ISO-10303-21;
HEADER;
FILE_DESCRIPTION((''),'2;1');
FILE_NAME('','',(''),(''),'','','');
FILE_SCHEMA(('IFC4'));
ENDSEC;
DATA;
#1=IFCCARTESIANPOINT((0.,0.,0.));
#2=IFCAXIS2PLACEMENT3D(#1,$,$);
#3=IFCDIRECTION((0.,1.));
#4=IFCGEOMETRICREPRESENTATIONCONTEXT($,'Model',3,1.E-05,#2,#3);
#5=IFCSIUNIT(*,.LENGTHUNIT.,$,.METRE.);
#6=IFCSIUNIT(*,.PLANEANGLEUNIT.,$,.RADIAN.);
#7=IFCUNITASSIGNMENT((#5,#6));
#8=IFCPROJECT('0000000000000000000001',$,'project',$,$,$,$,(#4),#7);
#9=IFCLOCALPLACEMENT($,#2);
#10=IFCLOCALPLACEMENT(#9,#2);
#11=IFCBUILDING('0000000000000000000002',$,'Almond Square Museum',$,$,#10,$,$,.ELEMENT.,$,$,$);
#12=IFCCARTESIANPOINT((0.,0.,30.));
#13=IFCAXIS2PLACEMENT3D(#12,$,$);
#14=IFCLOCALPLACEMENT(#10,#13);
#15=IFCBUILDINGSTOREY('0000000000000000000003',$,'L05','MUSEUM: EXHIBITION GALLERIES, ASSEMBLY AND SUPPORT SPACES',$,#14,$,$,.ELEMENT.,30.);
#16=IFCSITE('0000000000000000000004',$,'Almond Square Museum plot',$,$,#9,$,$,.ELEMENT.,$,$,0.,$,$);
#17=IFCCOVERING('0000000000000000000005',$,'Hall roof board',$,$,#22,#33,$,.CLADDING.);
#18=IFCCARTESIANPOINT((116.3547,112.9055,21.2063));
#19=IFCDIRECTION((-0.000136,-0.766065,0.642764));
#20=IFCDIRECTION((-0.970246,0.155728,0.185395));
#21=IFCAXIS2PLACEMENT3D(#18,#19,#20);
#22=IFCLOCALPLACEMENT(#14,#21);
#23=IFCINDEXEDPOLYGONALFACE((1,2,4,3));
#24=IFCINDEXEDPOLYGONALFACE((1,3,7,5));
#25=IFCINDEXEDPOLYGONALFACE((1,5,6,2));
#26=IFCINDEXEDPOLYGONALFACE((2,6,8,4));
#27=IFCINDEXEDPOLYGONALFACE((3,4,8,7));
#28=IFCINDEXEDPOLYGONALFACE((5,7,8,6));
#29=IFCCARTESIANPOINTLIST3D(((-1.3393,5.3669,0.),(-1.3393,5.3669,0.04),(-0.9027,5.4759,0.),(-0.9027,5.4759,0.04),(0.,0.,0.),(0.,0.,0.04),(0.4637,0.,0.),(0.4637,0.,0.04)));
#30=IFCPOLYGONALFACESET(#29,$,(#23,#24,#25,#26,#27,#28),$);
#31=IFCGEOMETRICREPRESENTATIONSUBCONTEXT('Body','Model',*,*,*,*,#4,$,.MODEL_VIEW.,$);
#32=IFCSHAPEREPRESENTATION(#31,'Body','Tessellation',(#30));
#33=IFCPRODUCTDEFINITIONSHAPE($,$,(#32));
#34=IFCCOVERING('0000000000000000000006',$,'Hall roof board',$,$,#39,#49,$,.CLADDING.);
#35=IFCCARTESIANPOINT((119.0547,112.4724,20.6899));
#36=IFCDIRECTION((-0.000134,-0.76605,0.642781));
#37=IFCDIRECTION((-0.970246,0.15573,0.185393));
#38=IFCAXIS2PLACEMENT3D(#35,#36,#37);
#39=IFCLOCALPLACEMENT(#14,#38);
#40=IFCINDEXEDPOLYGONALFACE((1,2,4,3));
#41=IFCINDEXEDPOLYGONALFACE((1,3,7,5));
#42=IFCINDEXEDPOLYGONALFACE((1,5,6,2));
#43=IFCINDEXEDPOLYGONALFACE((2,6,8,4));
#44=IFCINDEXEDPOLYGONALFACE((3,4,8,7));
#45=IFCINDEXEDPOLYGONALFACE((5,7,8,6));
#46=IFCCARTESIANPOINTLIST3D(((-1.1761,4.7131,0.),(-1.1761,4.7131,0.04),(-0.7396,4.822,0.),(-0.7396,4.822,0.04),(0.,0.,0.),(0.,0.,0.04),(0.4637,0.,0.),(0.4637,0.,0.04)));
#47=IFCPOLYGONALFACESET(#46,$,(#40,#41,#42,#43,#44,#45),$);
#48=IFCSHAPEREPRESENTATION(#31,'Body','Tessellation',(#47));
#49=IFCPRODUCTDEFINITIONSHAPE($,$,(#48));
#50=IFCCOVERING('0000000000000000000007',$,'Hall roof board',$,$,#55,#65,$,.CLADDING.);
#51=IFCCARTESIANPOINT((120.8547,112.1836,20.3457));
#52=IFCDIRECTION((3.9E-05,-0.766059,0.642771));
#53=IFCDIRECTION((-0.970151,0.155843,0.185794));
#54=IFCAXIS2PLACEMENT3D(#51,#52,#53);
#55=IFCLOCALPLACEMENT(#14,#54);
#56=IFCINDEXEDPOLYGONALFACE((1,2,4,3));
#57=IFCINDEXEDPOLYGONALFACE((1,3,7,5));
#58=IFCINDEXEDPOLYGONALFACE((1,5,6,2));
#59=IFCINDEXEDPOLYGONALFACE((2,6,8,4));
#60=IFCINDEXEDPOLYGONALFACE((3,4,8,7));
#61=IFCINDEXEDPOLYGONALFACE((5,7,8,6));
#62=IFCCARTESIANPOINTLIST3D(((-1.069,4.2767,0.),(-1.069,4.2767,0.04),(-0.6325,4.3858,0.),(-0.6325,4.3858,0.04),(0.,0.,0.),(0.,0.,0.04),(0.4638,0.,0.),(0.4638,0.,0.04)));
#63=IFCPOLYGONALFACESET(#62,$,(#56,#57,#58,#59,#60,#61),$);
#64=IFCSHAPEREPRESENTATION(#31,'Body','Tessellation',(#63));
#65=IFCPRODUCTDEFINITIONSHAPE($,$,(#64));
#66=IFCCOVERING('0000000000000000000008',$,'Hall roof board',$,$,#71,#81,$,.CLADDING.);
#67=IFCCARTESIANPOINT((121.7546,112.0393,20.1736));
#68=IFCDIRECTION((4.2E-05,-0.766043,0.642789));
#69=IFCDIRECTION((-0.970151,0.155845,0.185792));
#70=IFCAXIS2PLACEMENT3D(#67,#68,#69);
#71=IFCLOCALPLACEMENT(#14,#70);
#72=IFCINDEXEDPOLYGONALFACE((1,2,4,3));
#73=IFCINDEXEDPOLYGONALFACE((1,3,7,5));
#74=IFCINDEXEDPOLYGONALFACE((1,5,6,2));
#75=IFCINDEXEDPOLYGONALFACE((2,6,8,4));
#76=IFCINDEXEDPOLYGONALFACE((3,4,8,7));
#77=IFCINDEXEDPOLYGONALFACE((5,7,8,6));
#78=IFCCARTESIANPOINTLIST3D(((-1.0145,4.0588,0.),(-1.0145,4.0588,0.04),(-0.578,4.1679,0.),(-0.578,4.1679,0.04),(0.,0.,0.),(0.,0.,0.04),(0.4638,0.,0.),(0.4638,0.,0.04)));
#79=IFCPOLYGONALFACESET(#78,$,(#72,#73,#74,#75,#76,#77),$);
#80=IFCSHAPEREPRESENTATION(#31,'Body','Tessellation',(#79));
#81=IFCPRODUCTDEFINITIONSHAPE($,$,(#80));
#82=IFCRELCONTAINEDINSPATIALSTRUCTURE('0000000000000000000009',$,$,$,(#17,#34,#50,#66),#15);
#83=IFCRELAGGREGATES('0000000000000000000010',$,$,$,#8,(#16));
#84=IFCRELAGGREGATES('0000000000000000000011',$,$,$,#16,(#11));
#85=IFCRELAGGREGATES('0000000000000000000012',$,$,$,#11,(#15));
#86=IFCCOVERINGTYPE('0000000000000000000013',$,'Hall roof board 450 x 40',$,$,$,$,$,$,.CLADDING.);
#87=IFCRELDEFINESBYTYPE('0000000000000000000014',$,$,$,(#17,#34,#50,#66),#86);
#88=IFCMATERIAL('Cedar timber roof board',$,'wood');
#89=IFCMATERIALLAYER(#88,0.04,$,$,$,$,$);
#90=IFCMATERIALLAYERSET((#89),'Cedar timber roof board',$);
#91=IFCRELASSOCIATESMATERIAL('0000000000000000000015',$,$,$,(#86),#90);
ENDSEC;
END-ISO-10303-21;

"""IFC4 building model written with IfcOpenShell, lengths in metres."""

from ifc_helpers import new_model, si_unit, direction, frame, origin, place, context, subcontext, project, spatial, polyline, outline, extrude, material, layer, layer_set, type_object, element, save


model = new_model("IFC4")

# Units and contexts
model_context = context("Model", 3, precision=1e-05, world=origin(), true_north=direction((0.0, 1.0)))
body_context = subcontext(model_context, "Body", "Model", "MODEL_VIEW")
ifc_project = project(units=[si_unit("LENGTHUNIT", "METRE"), si_unit("PLANEANGLEUNIT", "RADIAN")], contexts=[model_context])

# Site, building, storey
site_placement = place(None, origin())
site = spatial("IfcSite", under=ifc_project, at=site_placement, Name="Almond Square Museum plot", CompositionType="ELEMENT", RefElevation=0.0)
building_placement = place(site_placement, origin())
building = spatial("IfcBuilding", under=site, at=building_placement, Name="Almond Square Museum", CompositionType="ELEMENT")
storey_placement = place(building_placement, frame((0.0, 0.0, 30.0)))
storey = spatial("IfcBuildingStorey", under=building, at=storey_placement, Name="L05", Description="MUSEUM: EXHIBITION GALLERIES, ASSEMBLY AND SUPPORT SPACES", CompositionType="ELEMENT", Elevation=30.0)

# Coverings
ifc_material_1 = material(Name="Cedar timber roof board", Category="wood")
ifc_layer = layer(ifc_material_1, 0.04)
ifc_layer_set = layer_set([ifc_layer], Name="Cedar timber roof board")
covering_type = type_object("IfcCoveringType", Name="Hall roof board 450 x 40", PredefinedType="CLADDING", material=ifc_layer_set)
covering_1_placement = place(storey_placement, frame((116.3547, 112.9055, 21.2063), z_axis=(-0.000136, -0.766065, 0.642764), x_axis=(-0.970246, 0.155728, 0.185395)))
element("IfcCovering", 1, at=covering_1_placement, inside=storey, type_object=covering_type, Name="Hall roof board", PredefinedType="CLADDING", context=body_context, shape_type="SweptSolid", body=[
    extrude(outline(polyline([(0.0, 0.0), (0.4637, 0.0), (-0.9027, 5.4759), (-1.3393, 5.3669), (0.0, 0.0)])), origin(), (0.0, 0.0, 1.0), 0.04),
])
covering_2_placement = place(storey_placement, frame((119.0547, 112.4724, 20.6899), z_axis=(-0.000134, -0.76605, 0.642781), x_axis=(-0.970246, 0.15573, 0.185393)))
element("IfcCovering", 2, at=covering_2_placement, inside=storey, type_object=covering_type, Name="Hall roof board", PredefinedType="CLADDING", context=body_context, shape_type="SweptSolid", body=[
    extrude(outline(polyline([(0.0, 0.0), (0.4637, 0.0), (-0.7396, 4.822), (-1.1761, 4.7131), (0.0, 0.0)])), origin(), (0.0, 0.0, 1.0), 0.04),
])
covering_3_placement = place(storey_placement, frame((120.8547, 112.1836, 20.3457), z_axis=(0.000039, -0.766059, 0.642771), x_axis=(-0.970151, 0.155843, 0.185794)))
element("IfcCovering", 3, at=covering_3_placement, inside=storey, type_object=covering_type, Name="Hall roof board", PredefinedType="CLADDING", context=body_context, shape_type="SweptSolid", body=[
    extrude(outline(polyline([(0.0, 0.0), (0.4638, 0.0), (-0.6325, 4.3858), (-1.069, 4.2767), (0.0, 0.0)])), origin(), (0.0, 0.0, 1.0), 0.04),
])
covering_4_placement = place(storey_placement, frame((121.7546, 112.0393, 20.1736), z_axis=(0.000042, -0.766043, 0.642789), x_axis=(-0.970151, 0.155845, 0.185792)))
element("IfcCovering", 4, at=covering_4_placement, inside=storey, type_object=covering_type, Name="Hall roof board", PredefinedType="CLADDING", context=body_context, shape_type="SweptSolid", body=[
    extrude(outline(polyline([(0.0, 0.0), (0.4638, 0.0), (-0.578, 4.1679), (-1.0145, 4.0588), (0.0, 0.0)])), origin(), (0.0, 0.0, 1.0), 0.04),
])

save(model, "model.ifc")
